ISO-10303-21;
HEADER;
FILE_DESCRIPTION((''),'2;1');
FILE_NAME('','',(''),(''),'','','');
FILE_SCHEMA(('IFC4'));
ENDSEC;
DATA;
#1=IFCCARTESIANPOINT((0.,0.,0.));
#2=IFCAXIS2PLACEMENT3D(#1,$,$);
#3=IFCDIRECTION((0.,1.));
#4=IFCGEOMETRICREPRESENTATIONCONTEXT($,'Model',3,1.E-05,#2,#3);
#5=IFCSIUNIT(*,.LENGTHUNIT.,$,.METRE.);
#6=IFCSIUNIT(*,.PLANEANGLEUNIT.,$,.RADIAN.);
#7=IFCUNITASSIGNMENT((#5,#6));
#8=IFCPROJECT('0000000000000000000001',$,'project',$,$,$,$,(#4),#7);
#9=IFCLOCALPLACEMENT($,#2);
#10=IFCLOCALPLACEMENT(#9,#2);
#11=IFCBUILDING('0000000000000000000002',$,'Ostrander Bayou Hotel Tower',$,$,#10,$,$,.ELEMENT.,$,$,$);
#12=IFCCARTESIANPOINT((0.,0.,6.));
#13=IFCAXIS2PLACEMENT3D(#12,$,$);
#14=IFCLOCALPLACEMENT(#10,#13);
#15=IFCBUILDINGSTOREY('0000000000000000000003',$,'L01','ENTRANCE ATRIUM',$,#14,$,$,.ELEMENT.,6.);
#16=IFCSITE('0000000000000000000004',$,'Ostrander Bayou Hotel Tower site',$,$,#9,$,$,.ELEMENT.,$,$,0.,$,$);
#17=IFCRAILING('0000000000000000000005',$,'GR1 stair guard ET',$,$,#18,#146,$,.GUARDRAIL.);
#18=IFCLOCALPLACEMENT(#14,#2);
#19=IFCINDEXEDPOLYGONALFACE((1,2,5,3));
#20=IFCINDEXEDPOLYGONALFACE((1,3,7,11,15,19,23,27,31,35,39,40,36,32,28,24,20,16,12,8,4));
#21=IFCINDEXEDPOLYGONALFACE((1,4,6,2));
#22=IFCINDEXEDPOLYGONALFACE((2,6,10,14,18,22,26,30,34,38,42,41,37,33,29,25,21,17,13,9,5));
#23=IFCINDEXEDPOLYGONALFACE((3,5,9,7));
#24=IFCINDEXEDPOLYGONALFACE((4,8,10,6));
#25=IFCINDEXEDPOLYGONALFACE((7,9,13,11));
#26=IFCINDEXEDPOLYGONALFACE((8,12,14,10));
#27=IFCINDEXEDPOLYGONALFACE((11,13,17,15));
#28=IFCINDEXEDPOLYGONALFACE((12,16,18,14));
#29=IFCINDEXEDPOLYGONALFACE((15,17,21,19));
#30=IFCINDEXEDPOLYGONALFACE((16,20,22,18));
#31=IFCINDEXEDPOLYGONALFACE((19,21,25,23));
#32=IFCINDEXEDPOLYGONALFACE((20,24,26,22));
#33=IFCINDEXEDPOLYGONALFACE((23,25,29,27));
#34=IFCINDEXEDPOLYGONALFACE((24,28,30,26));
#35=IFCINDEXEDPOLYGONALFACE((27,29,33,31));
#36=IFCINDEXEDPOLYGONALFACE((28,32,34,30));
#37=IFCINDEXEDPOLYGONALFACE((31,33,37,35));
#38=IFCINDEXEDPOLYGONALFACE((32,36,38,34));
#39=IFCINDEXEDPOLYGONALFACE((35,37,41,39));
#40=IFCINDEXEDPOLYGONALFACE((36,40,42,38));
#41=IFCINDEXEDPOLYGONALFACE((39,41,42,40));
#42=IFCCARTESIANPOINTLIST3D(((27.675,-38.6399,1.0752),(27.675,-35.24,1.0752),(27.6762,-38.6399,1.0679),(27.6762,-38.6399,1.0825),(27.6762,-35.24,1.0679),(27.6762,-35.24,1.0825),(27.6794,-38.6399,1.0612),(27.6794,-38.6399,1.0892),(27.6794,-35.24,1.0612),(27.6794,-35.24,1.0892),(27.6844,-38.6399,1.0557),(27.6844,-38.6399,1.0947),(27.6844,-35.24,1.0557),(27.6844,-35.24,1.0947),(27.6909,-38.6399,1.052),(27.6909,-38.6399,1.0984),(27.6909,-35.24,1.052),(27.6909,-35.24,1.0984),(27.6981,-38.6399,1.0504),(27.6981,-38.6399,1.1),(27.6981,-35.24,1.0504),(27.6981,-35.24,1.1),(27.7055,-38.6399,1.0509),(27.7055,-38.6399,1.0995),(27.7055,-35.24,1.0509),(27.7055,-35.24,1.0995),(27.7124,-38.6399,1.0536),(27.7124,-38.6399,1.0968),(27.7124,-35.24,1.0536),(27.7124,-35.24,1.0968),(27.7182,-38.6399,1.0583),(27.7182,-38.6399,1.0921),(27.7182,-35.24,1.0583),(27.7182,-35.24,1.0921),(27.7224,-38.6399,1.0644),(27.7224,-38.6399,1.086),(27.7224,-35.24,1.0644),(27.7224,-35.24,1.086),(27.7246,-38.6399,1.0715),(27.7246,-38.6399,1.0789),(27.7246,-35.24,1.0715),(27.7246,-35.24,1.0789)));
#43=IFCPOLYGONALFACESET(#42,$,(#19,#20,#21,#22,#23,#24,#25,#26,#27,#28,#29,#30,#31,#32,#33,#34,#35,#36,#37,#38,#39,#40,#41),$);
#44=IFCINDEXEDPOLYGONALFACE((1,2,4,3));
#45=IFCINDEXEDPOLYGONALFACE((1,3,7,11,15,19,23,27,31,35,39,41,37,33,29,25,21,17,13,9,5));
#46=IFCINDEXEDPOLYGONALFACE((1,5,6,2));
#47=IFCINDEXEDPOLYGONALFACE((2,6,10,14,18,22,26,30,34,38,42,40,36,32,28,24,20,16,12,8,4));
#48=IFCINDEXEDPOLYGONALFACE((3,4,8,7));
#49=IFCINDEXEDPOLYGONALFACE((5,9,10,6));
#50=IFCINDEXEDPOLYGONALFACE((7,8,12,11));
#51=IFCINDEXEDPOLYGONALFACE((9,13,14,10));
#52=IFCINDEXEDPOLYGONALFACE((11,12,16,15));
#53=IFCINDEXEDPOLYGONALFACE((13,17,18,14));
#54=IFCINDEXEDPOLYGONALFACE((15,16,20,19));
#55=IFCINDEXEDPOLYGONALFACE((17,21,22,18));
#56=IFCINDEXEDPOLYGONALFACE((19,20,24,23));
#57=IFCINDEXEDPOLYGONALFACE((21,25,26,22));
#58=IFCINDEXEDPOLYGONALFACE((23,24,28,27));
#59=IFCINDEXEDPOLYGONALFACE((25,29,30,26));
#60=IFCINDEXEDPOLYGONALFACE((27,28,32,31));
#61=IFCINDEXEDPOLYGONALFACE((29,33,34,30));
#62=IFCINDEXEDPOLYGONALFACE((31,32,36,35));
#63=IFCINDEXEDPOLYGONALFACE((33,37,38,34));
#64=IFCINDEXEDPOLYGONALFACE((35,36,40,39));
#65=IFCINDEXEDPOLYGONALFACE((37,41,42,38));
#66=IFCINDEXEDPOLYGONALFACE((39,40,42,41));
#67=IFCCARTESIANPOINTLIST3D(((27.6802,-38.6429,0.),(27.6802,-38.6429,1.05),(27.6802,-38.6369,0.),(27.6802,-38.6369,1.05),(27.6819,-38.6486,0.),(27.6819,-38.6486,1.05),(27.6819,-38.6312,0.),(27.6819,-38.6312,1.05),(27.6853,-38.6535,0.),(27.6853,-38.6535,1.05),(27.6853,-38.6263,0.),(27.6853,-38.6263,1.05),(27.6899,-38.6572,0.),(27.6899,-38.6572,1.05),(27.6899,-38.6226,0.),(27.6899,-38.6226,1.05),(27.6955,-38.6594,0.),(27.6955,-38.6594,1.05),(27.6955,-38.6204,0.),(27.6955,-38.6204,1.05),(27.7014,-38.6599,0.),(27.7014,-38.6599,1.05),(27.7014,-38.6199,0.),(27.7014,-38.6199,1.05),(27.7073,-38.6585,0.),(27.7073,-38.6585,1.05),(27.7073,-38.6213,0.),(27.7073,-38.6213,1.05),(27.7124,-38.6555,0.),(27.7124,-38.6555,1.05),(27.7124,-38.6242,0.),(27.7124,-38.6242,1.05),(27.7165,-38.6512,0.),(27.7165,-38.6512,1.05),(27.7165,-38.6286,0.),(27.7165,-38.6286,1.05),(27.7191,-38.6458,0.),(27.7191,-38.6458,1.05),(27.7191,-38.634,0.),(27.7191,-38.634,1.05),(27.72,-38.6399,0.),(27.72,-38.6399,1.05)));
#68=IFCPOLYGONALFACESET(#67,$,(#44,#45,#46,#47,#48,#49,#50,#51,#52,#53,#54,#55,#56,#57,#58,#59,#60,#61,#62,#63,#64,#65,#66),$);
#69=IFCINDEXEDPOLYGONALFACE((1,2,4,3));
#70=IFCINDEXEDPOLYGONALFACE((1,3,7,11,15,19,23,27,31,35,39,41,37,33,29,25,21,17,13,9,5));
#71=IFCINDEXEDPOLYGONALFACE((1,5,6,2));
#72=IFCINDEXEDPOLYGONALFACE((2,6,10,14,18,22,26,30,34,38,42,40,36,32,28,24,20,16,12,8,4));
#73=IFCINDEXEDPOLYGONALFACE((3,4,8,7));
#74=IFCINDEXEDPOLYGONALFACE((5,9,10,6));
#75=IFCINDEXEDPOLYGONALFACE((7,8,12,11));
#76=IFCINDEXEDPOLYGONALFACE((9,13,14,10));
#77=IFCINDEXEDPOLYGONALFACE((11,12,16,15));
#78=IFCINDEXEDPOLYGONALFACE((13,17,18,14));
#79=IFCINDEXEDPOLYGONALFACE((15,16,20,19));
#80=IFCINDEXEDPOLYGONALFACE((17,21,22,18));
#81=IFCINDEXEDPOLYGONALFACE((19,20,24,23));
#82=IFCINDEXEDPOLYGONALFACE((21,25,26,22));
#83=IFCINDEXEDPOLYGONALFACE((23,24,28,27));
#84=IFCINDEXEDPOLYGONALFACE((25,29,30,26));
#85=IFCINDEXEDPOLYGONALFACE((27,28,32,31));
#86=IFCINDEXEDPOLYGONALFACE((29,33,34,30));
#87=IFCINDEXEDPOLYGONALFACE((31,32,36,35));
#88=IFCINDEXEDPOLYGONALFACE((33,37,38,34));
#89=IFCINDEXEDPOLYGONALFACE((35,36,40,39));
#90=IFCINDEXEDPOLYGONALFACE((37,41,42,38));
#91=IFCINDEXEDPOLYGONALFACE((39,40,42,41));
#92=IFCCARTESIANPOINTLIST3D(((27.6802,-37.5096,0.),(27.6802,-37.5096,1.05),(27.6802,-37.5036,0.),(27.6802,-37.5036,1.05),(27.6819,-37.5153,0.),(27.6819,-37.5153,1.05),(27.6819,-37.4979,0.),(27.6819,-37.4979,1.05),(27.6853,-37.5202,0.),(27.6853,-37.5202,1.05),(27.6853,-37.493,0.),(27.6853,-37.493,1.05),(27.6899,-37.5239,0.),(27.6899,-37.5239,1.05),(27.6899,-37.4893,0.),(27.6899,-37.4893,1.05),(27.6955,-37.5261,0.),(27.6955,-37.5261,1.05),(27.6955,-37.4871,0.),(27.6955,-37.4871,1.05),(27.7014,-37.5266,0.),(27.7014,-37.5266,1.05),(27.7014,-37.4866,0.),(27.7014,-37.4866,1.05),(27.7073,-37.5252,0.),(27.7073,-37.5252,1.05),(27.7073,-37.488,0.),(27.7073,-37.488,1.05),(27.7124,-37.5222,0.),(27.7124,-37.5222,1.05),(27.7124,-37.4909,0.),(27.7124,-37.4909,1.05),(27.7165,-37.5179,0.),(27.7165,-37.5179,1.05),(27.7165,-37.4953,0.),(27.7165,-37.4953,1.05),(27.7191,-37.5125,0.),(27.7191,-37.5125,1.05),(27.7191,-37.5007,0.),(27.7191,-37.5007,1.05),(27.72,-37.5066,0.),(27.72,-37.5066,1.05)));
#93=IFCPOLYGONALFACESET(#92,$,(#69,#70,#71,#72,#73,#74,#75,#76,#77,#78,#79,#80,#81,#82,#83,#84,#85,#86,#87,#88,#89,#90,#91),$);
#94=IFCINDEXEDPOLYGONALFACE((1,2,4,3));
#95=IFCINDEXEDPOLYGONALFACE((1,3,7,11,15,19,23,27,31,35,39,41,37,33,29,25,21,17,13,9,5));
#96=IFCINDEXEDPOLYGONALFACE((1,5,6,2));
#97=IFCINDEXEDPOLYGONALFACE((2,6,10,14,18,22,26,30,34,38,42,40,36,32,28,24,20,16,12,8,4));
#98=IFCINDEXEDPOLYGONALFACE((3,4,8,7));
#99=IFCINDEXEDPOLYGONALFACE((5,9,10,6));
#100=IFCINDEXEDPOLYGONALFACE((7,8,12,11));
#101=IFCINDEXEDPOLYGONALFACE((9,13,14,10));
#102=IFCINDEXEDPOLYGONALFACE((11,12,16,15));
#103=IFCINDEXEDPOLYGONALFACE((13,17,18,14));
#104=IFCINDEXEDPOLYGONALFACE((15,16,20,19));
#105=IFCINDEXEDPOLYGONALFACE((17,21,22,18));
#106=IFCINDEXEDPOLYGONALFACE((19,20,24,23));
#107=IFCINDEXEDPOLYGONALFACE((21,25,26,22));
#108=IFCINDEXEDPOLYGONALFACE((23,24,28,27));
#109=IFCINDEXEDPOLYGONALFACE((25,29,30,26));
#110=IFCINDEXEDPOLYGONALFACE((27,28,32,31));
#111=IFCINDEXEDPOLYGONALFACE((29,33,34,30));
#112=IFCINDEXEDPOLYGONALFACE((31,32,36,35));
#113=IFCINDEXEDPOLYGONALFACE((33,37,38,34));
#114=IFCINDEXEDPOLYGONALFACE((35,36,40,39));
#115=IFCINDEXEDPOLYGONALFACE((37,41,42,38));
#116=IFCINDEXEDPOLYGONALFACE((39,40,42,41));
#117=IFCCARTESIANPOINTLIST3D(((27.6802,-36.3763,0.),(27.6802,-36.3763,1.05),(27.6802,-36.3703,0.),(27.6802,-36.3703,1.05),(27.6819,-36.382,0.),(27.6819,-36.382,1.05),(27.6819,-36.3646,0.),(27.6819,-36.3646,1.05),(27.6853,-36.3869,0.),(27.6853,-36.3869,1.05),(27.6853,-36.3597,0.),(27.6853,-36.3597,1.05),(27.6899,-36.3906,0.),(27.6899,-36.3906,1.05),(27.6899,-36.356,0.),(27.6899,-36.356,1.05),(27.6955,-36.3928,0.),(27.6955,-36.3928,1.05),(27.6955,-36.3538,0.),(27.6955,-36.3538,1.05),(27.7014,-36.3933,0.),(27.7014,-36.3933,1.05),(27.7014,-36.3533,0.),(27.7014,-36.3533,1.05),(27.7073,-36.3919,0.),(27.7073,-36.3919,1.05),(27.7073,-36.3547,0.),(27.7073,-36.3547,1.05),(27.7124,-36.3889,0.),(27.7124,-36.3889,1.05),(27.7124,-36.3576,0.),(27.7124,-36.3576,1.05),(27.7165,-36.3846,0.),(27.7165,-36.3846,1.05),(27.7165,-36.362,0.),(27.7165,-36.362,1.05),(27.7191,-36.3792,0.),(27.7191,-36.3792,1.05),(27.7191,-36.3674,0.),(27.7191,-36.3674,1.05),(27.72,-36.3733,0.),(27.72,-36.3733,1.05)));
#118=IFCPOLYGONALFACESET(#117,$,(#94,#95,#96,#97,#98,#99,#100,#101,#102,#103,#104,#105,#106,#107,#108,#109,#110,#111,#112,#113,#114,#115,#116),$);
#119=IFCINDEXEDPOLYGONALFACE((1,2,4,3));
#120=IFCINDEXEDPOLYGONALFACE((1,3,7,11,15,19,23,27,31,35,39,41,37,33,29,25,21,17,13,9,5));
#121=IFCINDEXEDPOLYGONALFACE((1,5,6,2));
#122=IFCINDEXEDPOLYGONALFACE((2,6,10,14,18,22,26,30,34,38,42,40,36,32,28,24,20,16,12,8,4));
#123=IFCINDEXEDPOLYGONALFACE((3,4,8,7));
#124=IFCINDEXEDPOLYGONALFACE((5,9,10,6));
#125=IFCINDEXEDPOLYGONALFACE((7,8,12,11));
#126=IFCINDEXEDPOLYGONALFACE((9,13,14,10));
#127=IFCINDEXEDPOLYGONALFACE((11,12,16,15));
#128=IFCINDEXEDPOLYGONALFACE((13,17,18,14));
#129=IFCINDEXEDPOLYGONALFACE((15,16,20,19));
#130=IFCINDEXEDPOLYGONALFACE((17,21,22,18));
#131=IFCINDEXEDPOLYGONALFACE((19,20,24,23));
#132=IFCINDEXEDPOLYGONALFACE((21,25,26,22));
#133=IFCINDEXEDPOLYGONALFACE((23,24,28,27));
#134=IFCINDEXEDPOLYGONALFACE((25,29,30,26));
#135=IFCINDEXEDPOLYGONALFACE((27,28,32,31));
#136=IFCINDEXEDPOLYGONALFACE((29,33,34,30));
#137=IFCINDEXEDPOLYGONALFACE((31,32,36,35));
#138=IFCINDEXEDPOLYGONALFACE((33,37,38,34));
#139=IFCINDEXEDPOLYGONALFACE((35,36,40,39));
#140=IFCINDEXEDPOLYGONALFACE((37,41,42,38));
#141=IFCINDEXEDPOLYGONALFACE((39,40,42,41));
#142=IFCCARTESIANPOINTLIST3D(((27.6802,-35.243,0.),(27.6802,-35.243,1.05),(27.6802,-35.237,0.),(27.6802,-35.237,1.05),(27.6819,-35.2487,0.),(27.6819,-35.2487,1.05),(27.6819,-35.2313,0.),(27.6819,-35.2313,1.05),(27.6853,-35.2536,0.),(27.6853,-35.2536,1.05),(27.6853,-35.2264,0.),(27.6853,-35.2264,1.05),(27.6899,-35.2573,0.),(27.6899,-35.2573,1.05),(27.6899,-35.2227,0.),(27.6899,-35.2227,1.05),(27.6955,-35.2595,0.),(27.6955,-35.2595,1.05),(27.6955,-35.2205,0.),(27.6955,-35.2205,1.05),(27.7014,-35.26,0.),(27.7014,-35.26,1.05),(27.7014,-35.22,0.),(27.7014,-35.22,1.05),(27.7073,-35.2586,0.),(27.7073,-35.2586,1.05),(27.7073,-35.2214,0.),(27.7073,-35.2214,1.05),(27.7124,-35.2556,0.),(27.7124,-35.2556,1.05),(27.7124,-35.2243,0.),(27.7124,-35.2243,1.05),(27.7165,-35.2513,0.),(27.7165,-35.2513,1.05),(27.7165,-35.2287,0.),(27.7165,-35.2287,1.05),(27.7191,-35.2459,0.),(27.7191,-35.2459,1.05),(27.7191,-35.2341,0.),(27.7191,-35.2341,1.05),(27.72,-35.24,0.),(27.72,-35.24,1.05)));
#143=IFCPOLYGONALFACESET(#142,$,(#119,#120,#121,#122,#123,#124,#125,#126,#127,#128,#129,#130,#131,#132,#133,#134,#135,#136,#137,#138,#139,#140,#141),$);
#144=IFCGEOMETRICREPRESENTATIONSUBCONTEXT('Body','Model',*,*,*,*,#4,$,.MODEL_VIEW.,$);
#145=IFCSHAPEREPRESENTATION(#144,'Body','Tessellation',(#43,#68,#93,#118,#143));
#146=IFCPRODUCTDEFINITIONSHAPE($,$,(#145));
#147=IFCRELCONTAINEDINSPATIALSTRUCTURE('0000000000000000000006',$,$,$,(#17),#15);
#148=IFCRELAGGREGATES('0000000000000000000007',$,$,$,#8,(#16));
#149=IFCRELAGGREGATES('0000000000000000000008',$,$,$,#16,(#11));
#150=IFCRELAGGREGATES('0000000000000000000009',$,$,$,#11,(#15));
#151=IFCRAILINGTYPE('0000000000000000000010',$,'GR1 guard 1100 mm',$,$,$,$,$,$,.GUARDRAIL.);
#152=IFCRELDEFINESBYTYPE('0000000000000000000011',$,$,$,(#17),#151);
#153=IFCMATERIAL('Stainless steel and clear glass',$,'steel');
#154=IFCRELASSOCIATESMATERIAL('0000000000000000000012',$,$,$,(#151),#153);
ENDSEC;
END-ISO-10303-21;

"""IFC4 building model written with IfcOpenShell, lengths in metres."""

from ifc_helpers import new_model, si_unit, direction, frame, origin, origin_2d, place, context, subcontext, project, spatial, circle, extrude, material, type_object, element, save


model = new_model("IFC4")

# Units and contexts
model_context = context("Model", 3, precision=1e-05, world=origin(), true_north=direction((0.0, 1.0)))
body_context = subcontext(model_context, "Body", "Model", "MODEL_VIEW")
ifc_project = project(units=[si_unit("LENGTHUNIT", "METRE"), si_unit("PLANEANGLEUNIT", "RADIAN")], contexts=[model_context])

# Site, building, storey
site_placement = place(None, origin())
site = spatial("IfcSite", under=ifc_project, at=site_placement, Name="Ostrander Bayou Hotel Tower site", CompositionType="ELEMENT", RefElevation=0.0)
building_placement = place(site_placement, origin())
building = spatial("IfcBuilding", under=site, at=building_placement, Name="Ostrander Bayou Hotel Tower", CompositionType="ELEMENT")
storey_placement = place(building_placement, frame((0.0, 0.0, 6.0)))
storey = spatial("IfcBuildingStorey", under=building, at=storey_placement, Name="L01", Description="ENTRANCE ATRIUM", CompositionType="ELEMENT", Elevation=6.0)

# Railing
ifc_material_1 = material(Name="Stainless steel and clear glass", Category="steel")
railing_type = type_object("IfcRailingType", Name="GR1 guard 1100 mm", PredefinedType="GUARDRAIL", material=ifc_material_1)
railing_1_placement = place(storey_placement, frame((27.7, -38.6399, 0.0)))
element("IfcRailing", 1, at=railing_1_placement, inside=storey, type_object=railing_type, Name="GR1 stair guard ET", PredefinedType="GUARDRAIL", context=body_context, shape_type="SweptSolid", body=[
    extrude(circle(Radius=0.0249, at=origin_2d()), frame((0.0, 0.0, 1.0752), z_axis=(0.0, 1.0, 0.0), x_axis=(-1.0, 0.0, 0.0)), (0.0, 0.0, 1.0), 3.3999),
    extrude(circle(Radius=0.02, at=origin_2d()), origin(), (0.0, 0.0, 1.0), 1.05),
    extrude(circle(Radius=0.02, at=origin_2d()), frame((0.0, 1.1333, 0.0)), (0.0, 0.0, 1.0), 1.05),
    extrude(circle(Radius=0.02, at=origin_2d()), frame((0.0, 2.2666, 0.0)), (0.0, 0.0, 1.0), 1.05),
    extrude(circle(Radius=0.02, at=origin_2d()), frame((0.0, 3.3999, 0.0)), (0.0, 0.0, 1.0), 1.05),
])

save(model, "model.ifc")
